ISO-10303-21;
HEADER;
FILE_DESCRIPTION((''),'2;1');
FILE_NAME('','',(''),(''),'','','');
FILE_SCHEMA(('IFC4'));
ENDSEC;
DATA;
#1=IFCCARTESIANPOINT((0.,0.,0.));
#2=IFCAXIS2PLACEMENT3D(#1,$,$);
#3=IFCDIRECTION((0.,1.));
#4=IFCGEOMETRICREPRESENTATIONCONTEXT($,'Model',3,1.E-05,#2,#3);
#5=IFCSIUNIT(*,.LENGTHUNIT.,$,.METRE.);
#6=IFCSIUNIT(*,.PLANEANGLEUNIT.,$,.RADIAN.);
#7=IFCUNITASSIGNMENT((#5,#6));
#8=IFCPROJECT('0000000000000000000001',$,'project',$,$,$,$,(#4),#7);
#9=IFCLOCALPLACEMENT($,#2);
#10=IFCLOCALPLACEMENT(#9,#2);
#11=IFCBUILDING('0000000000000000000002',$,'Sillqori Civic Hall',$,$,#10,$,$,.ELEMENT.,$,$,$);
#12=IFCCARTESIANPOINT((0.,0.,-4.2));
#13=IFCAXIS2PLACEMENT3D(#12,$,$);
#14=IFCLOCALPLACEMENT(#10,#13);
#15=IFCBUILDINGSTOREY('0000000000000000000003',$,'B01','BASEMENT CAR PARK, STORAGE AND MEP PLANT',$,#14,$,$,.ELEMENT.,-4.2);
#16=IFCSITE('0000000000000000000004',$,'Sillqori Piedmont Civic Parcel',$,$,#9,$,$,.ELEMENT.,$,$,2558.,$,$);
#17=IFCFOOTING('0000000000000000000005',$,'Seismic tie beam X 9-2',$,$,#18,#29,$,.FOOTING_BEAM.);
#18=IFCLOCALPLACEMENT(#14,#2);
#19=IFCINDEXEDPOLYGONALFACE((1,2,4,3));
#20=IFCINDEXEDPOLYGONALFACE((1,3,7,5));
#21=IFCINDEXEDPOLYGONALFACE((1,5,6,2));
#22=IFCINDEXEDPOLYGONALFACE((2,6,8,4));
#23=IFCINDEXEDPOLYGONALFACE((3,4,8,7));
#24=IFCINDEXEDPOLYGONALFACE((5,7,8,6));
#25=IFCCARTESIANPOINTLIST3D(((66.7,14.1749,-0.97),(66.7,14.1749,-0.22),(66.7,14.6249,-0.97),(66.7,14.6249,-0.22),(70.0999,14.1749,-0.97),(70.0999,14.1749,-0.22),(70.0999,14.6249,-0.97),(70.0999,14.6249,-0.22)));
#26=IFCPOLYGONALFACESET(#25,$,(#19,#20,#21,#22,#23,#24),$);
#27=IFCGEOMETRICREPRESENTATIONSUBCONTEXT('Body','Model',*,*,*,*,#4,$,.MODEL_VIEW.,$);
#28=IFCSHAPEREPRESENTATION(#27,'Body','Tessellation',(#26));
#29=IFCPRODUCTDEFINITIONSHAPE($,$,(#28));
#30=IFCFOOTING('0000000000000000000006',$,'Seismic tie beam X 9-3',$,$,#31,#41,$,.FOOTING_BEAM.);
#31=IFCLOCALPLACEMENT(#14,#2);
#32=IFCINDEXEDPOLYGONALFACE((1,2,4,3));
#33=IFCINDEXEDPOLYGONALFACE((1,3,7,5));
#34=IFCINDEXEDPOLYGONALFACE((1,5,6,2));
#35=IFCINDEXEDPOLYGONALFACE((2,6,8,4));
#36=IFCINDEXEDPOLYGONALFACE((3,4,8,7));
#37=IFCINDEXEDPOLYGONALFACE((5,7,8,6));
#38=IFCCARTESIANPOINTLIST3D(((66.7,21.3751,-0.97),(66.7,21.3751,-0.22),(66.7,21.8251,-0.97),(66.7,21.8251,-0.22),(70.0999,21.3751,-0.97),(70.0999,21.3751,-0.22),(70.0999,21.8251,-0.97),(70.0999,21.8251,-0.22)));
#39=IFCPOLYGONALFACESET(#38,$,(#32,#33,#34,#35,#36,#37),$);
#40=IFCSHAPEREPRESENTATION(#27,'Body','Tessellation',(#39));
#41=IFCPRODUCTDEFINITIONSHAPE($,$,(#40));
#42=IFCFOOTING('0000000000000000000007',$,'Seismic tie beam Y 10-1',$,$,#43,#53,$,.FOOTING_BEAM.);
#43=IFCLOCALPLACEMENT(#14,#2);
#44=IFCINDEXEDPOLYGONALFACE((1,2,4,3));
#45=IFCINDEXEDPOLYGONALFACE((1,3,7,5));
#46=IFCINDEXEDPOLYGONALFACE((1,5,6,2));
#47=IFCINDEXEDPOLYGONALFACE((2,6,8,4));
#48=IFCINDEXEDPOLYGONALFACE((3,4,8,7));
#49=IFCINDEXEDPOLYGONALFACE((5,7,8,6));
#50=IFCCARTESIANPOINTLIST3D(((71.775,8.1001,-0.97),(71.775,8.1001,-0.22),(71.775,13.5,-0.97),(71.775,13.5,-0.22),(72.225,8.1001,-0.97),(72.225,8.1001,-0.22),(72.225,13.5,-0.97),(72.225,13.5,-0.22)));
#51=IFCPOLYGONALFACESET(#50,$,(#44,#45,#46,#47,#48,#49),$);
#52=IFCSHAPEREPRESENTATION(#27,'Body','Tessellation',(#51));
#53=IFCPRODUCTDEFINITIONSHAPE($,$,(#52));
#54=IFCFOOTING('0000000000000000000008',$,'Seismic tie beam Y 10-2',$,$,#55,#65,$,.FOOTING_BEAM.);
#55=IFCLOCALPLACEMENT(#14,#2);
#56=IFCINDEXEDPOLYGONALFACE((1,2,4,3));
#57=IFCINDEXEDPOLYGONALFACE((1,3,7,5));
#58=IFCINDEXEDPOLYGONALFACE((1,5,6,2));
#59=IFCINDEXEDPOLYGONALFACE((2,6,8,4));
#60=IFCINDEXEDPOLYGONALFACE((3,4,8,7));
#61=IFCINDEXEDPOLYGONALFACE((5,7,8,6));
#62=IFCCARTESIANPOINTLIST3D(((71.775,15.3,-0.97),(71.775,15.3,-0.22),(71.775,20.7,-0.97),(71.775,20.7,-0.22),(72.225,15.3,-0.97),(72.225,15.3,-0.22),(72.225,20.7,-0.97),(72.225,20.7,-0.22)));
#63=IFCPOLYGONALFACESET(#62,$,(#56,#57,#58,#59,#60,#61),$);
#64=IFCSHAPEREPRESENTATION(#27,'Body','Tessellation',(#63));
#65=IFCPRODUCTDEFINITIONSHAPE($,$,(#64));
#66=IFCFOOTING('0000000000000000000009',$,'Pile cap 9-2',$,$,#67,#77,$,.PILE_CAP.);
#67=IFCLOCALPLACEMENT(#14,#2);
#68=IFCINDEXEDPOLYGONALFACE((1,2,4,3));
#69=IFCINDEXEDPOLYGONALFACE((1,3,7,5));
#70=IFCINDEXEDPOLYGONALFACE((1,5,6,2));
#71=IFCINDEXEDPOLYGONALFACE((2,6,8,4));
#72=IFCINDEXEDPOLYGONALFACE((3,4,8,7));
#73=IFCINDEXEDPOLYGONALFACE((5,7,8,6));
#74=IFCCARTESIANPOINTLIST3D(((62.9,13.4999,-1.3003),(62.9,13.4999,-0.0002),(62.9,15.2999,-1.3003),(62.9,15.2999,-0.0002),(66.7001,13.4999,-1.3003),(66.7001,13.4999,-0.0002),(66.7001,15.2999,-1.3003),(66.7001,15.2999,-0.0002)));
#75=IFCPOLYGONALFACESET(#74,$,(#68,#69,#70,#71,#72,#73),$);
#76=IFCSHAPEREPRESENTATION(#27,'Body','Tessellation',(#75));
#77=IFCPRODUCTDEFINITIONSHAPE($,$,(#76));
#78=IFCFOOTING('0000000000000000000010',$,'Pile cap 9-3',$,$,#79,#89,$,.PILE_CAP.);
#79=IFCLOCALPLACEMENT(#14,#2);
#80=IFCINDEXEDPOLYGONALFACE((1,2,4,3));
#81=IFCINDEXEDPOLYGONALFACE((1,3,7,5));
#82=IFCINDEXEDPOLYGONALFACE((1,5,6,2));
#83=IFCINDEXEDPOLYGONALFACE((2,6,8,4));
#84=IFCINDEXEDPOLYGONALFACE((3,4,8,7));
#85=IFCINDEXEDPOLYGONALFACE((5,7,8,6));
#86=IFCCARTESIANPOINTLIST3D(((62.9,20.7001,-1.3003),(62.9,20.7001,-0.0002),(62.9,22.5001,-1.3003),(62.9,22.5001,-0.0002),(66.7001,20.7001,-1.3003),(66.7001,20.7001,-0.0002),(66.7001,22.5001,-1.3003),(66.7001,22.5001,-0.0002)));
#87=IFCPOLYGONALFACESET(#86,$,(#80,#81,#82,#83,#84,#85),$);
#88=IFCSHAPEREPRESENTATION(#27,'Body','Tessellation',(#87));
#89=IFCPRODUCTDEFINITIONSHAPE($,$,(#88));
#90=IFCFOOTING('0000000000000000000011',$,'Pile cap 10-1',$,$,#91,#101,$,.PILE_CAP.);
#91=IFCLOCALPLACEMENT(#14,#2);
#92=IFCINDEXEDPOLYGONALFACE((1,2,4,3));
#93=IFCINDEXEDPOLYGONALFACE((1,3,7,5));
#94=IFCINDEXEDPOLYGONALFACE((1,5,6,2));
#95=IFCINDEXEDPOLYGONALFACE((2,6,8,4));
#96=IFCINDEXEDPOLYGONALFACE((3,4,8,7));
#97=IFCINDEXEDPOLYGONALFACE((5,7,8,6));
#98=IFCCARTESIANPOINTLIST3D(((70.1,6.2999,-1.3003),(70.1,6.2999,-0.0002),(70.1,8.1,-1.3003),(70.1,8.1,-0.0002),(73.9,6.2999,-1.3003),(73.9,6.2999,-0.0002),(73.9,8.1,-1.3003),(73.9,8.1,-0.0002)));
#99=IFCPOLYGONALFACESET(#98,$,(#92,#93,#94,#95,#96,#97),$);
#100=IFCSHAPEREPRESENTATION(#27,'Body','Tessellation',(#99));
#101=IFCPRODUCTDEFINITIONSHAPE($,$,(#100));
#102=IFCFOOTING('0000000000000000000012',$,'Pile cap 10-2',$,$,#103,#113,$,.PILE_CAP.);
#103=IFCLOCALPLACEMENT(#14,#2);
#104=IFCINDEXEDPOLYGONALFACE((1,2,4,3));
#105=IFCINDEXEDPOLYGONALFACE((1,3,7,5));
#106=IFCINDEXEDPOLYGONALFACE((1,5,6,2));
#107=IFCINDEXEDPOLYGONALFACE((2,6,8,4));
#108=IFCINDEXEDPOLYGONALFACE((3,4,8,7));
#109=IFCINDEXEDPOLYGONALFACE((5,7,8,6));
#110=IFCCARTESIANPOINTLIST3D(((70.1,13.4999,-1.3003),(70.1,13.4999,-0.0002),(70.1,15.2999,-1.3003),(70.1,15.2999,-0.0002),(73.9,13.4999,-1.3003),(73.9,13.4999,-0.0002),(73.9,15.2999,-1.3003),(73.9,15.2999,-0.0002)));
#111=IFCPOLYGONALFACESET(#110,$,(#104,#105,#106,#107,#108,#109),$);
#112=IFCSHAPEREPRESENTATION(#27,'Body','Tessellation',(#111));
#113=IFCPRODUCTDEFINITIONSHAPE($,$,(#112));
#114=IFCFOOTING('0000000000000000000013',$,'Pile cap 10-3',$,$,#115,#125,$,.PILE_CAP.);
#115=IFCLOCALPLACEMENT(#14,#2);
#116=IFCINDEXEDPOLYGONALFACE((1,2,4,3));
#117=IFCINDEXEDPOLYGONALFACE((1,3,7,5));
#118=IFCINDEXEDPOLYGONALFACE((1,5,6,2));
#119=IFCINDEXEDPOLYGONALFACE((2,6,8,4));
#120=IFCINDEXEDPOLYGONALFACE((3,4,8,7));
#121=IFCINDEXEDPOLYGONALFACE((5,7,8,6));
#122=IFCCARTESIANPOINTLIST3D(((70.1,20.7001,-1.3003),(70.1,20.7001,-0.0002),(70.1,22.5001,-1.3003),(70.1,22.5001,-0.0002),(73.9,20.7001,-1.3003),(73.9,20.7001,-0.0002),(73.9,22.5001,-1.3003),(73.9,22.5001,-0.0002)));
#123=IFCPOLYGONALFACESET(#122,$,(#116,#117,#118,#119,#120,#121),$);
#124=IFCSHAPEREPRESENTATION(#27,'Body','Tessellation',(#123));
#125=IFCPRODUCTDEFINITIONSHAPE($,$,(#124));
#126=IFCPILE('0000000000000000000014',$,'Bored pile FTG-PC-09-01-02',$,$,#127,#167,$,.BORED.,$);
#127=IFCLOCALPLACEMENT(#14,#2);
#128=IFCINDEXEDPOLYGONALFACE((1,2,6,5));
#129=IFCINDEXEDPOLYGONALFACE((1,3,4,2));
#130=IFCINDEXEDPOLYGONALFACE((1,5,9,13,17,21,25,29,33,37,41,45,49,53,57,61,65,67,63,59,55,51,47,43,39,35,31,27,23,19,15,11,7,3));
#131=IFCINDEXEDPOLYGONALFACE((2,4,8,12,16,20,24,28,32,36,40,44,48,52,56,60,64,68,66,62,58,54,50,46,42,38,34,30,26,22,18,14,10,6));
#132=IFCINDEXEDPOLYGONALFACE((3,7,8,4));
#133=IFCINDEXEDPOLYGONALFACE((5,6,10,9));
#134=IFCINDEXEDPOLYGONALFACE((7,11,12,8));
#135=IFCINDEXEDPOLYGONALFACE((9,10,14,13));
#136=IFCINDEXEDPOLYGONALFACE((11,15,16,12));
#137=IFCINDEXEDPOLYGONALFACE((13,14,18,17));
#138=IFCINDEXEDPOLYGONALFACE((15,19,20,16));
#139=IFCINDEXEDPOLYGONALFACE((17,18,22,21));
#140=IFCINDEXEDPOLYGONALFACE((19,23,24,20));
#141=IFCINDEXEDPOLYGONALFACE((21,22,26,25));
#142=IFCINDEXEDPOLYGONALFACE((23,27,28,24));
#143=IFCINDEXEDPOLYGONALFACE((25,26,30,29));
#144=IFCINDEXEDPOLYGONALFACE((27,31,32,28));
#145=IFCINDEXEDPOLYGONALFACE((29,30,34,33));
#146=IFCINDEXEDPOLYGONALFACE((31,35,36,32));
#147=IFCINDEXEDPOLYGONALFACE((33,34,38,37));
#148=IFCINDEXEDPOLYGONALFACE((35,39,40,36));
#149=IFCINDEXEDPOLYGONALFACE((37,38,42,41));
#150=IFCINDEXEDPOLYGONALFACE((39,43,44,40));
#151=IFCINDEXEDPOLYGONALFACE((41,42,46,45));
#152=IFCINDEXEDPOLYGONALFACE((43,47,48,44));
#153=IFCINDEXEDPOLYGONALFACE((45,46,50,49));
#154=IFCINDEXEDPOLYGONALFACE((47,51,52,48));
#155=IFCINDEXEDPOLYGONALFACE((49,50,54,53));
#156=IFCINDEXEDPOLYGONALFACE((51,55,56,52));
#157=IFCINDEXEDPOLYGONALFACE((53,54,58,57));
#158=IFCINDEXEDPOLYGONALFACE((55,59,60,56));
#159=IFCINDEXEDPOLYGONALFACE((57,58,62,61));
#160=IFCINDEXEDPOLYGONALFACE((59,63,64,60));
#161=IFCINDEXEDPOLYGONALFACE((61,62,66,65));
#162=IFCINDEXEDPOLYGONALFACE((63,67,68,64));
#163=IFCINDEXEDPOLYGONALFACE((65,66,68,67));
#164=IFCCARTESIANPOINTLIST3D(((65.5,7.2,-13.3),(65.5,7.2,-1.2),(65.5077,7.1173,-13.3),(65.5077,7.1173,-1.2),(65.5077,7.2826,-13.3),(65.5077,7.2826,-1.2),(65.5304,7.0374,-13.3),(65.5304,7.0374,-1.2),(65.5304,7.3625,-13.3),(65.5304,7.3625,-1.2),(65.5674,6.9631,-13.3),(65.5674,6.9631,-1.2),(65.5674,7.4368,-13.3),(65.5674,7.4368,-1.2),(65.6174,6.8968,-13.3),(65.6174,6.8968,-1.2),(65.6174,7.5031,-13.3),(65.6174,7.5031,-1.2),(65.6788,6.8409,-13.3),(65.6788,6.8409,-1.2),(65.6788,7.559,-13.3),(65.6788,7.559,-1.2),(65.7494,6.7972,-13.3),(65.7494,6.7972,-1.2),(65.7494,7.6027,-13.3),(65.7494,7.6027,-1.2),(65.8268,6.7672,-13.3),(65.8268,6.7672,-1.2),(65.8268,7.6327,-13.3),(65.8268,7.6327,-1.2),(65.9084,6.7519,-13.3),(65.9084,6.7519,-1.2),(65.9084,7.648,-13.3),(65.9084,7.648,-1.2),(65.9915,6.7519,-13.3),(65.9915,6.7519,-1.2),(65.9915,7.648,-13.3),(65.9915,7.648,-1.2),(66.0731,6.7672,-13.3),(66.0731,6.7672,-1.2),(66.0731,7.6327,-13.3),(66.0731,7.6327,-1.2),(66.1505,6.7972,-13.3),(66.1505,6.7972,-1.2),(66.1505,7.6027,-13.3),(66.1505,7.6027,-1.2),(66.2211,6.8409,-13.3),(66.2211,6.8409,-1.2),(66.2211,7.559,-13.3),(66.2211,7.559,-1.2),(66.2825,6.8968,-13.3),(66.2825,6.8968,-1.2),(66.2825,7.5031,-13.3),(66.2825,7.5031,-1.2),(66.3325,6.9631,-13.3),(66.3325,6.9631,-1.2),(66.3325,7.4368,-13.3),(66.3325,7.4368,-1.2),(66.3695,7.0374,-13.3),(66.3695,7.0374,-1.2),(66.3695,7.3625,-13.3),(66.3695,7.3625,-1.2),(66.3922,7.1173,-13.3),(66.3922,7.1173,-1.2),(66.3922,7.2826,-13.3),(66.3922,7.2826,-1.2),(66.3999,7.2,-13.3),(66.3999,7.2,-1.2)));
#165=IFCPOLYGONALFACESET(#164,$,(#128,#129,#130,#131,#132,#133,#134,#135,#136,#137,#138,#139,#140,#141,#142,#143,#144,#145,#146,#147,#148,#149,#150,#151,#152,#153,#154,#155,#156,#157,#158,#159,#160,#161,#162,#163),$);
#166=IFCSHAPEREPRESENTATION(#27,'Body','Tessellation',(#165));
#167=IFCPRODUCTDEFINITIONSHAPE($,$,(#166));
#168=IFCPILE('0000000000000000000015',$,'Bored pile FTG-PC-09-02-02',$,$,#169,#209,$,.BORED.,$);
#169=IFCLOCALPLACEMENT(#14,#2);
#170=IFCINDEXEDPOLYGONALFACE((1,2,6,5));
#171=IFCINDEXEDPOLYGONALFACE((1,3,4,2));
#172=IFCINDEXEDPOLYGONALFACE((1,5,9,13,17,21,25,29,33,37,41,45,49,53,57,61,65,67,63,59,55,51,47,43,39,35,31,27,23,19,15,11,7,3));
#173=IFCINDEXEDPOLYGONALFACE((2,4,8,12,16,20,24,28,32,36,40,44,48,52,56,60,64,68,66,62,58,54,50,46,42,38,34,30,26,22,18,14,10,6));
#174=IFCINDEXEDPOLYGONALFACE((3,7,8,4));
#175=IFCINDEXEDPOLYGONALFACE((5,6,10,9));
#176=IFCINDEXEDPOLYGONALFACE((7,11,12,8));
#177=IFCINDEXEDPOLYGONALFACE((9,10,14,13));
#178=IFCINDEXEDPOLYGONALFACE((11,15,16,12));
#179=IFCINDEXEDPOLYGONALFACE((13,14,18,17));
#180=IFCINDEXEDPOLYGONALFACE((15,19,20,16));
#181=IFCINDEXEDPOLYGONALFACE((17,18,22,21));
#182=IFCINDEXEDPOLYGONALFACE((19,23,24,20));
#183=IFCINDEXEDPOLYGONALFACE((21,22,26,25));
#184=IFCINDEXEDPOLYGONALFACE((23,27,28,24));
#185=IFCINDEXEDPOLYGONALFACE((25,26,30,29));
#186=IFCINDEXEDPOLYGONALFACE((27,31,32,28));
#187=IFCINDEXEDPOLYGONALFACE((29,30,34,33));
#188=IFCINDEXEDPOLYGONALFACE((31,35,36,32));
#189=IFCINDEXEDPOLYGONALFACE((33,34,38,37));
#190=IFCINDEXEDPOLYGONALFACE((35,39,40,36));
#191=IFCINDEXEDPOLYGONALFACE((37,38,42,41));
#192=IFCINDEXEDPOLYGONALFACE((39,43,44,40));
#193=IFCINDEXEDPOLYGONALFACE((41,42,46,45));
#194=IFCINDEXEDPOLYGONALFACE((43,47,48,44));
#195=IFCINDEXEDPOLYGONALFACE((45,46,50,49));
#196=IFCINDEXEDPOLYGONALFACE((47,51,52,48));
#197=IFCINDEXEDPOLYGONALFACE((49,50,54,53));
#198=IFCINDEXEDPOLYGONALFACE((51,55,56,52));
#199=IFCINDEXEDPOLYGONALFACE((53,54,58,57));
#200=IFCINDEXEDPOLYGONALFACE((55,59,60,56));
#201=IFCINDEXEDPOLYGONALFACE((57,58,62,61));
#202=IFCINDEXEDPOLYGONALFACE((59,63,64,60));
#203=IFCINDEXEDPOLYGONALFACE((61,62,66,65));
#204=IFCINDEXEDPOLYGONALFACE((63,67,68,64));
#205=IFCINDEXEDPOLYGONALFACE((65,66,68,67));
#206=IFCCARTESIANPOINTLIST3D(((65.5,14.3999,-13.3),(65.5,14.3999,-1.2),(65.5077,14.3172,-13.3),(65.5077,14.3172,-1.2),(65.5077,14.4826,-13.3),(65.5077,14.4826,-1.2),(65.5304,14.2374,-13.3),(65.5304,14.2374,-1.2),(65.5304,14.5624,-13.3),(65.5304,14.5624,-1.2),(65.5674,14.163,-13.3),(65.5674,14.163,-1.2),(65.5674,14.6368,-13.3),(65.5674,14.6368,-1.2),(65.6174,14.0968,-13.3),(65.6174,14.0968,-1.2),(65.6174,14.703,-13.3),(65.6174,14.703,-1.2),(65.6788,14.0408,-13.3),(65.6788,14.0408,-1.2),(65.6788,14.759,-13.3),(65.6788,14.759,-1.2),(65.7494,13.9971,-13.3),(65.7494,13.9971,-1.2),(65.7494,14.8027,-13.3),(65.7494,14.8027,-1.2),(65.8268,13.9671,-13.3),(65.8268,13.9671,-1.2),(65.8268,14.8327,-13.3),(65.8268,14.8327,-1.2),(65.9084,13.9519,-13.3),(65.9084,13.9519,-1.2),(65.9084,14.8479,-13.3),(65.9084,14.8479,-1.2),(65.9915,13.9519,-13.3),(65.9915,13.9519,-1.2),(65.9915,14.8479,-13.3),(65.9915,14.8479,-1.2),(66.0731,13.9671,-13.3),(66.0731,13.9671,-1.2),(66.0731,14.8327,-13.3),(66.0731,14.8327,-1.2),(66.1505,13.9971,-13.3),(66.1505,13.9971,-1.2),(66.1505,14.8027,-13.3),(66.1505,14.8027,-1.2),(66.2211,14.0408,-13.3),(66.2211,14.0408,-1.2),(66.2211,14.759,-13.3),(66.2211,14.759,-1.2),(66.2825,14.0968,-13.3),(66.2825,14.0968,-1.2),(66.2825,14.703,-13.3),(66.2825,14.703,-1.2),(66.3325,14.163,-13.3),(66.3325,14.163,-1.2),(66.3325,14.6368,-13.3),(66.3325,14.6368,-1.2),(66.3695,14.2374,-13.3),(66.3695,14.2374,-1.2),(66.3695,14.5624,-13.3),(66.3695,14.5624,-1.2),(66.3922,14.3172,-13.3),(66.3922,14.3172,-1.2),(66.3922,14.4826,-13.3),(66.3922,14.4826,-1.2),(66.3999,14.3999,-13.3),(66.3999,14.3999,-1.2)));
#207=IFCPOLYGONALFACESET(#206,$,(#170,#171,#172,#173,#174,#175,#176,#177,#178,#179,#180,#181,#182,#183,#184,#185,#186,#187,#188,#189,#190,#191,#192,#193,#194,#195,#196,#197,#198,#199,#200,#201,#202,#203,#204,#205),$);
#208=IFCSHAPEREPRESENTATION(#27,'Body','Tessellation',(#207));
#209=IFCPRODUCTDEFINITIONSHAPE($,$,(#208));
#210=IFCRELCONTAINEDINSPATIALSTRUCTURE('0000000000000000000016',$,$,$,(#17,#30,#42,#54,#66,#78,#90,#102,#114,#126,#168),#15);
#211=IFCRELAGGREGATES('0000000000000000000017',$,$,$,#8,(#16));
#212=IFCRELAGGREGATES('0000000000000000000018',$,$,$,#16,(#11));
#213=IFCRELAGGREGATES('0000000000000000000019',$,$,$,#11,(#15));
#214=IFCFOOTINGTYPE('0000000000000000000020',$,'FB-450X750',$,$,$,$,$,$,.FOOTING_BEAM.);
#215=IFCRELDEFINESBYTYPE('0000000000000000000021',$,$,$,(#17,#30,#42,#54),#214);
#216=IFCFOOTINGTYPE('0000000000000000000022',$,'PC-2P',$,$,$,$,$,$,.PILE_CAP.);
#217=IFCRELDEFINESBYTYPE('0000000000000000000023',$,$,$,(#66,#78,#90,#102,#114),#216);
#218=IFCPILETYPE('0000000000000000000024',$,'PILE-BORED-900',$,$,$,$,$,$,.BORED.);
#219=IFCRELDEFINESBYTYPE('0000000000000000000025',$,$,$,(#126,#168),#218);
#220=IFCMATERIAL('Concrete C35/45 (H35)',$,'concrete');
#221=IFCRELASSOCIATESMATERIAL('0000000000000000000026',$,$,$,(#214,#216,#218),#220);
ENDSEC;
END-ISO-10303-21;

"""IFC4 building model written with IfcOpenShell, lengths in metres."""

from ifc_helpers import new_model, si_unit, direction, frame, origin, origin_2d, place, context, subcontext, project, spatial, rectangle, circle, extrude, material, material_profile, profile_set, type_object, element, save


model = new_model("IFC4")

# Units and contexts
model_context = context("Model", 3, precision=1e-05, world=origin(), true_north=direction((0.0, 1.0)))
body_context = subcontext(model_context, "Body", "Model", "MODEL_VIEW")
ifc_project = project(units=[si_unit("LENGTHUNIT", "METRE"), si_unit("PLANEANGLEUNIT", "RADIAN")], contexts=[model_context])

# Site, building, storey
site_placement = place(None, origin())
site = spatial("IfcSite", under=ifc_project, at=site_placement, Name="Sillqori Piedmont Civic Parcel", CompositionType="ELEMENT", RefElevation=2558.0)
building_placement = place(site_placement, origin())
building = spatial("IfcBuilding", under=site, at=building_placement, Name="Sillqori Civic Hall", CompositionType="ELEMENT")
storey_placement = place(building_placement, frame((0.0, 0.0, -4.2)))
storey = spatial("IfcBuildingStorey", under=building, at=storey_placement, Name="B01", Description="BASEMENT CAR PARK, STORAGE AND MEP PLANT", CompositionType="ELEMENT", Elevation=-4.2)

# Footings
ifc_material = material(Name="Concrete C35/45 (H35)", Category="concrete")
footing_type_1 = type_object("IfcFootingType", Name="FB-450X750", PredefinedType="FOOTING_BEAM", material=ifc_material)
for number, where, z_axis, x_axis, name in (
    (1, (68.3999, 14.3999, -0.97), (0.0, 0.0, 1.0), (1.0, 0.0, 0.0), "Seismic tie beam X 9-2"),
    (2, (68.3999, 21.6001, -0.97), (0.0, 0.0, 1.0), (1.0, 0.0, 0.0), "Seismic tie beam X 9-3"),
):
    element("IfcFooting", number, at=place(storey_placement, frame(where, z_axis=z_axis, x_axis=x_axis)), inside=storey, type_object=footing_type_1, Name=name, PredefinedType="FOOTING_BEAM", context=body_context, shape_type="SweptSolid", body=[
        extrude(rectangle(XDim=3.3999, YDim=0.45, at=origin_2d()), origin(), (0.0, 0.0, 1.0), 0.75),
    ])
for number, where, z_axis, x_axis, name in (
    (3, (72.0, 10.8, -0.97), (0.0, 0.0, 1.0), (1.0, 0.0, 0.0), "Seismic tie beam Y 10-1"),
    (4, (72.0, 18.0, -0.97), (0.0, 0.0, 1.0), (1.0, 0.0, 0.0), "Seismic tie beam Y 10-2"),
):
    element("IfcFooting", number, at=place(storey_placement, frame(where, z_axis=z_axis, x_axis=x_axis)), inside=storey, type_object=footing_type_1, Name=name, PredefinedType="FOOTING_BEAM", context=body_context, shape_type="SweptSolid", body=[
        extrude(rectangle(XDim=0.45, YDim=5.3999, at=origin_2d()), origin(), (0.0, 0.0, 1.0), 0.75),
    ])
footing_type_2 = type_object("IfcFootingType", Name="PC-2P", PredefinedType="PILE_CAP", material=ifc_material)
for number, where, z_axis, x_axis, name in (
    (5, (64.8, 14.3999, -1.3003), (0.0, 0.0, 1.0), (1.0, 0.0, 0.0), "Pile cap 9-2"),
    (6, (64.8, 21.6001, -1.3003), (0.0, 0.0, 1.0), (1.0, 0.0, 0.0), "Pile cap 9-3"),
    (7, (72.0, 7.2, -1.3003), (0.0, 0.0, 1.0), (1.0, 0.0, 0.0), "Pile cap 10-1"),
    (8, (72.0, 14.3999, -1.3003), (0.0, 0.0, 1.0), (1.0, 0.0, 0.0), "Pile cap 10-2"),
    (9, (72.0, 21.6001, -1.3003), (0.0, 0.0, 1.0), (1.0, 0.0, 0.0), "Pile cap 10-3"),
):
    element("IfcFooting", number, at=place(storey_placement, frame(where, z_axis=z_axis, x_axis=x_axis)), inside=storey, type_object=footing_type_2, Name=name, PredefinedType="PILE_CAP", context=body_context, shape_type="SweptSolid", body=[
        extrude(rectangle(XDim=3.8, YDim=1.8, at=origin_2d()), origin(), (0.0, 0.0, 1.0), 1.3),
    ])

# Piles
ifc_material_profile_1 = material_profile(ifc_material, circle(Radius=0.45, at=origin_2d()), Name="BORED PILE 900")
ifc_profile_set_1 = profile_set([ifc_material_profile_1], Name="Concrete C35/45 (H35)")
pile_type = type_object("IfcPileType", Name="PILE-BORED-900", PredefinedType="BORED", material=ifc_profile_set_1)
for number, where, z_axis, x_axis, name in (
    (10, (65.95, 7.2, -1.2), (0.0, 0.0, -1.0), (1.0, 0.0, 0.0), "Bored pile FTG-PC-09-01-02"),
    (11, (65.95, 14.3999, -1.2), (0.0, 0.0, -1.0), (1.0, 0.0, 0.0), "Bored pile FTG-PC-09-02-02"),
):
    element("IfcPile", number, at=place(storey_placement, frame(where, z_axis=z_axis, x_axis=x_axis)), inside=storey, type_object=pile_type, Name=name, PredefinedType="BORED", context=body_context, shape_type="SweptSolid", body=[
        extrude(circle(Radius=0.45, at=origin_2d()), origin(), (0.0, 0.0, 1.0), 12.1001),
    ])

save(model, "model.ifc")
